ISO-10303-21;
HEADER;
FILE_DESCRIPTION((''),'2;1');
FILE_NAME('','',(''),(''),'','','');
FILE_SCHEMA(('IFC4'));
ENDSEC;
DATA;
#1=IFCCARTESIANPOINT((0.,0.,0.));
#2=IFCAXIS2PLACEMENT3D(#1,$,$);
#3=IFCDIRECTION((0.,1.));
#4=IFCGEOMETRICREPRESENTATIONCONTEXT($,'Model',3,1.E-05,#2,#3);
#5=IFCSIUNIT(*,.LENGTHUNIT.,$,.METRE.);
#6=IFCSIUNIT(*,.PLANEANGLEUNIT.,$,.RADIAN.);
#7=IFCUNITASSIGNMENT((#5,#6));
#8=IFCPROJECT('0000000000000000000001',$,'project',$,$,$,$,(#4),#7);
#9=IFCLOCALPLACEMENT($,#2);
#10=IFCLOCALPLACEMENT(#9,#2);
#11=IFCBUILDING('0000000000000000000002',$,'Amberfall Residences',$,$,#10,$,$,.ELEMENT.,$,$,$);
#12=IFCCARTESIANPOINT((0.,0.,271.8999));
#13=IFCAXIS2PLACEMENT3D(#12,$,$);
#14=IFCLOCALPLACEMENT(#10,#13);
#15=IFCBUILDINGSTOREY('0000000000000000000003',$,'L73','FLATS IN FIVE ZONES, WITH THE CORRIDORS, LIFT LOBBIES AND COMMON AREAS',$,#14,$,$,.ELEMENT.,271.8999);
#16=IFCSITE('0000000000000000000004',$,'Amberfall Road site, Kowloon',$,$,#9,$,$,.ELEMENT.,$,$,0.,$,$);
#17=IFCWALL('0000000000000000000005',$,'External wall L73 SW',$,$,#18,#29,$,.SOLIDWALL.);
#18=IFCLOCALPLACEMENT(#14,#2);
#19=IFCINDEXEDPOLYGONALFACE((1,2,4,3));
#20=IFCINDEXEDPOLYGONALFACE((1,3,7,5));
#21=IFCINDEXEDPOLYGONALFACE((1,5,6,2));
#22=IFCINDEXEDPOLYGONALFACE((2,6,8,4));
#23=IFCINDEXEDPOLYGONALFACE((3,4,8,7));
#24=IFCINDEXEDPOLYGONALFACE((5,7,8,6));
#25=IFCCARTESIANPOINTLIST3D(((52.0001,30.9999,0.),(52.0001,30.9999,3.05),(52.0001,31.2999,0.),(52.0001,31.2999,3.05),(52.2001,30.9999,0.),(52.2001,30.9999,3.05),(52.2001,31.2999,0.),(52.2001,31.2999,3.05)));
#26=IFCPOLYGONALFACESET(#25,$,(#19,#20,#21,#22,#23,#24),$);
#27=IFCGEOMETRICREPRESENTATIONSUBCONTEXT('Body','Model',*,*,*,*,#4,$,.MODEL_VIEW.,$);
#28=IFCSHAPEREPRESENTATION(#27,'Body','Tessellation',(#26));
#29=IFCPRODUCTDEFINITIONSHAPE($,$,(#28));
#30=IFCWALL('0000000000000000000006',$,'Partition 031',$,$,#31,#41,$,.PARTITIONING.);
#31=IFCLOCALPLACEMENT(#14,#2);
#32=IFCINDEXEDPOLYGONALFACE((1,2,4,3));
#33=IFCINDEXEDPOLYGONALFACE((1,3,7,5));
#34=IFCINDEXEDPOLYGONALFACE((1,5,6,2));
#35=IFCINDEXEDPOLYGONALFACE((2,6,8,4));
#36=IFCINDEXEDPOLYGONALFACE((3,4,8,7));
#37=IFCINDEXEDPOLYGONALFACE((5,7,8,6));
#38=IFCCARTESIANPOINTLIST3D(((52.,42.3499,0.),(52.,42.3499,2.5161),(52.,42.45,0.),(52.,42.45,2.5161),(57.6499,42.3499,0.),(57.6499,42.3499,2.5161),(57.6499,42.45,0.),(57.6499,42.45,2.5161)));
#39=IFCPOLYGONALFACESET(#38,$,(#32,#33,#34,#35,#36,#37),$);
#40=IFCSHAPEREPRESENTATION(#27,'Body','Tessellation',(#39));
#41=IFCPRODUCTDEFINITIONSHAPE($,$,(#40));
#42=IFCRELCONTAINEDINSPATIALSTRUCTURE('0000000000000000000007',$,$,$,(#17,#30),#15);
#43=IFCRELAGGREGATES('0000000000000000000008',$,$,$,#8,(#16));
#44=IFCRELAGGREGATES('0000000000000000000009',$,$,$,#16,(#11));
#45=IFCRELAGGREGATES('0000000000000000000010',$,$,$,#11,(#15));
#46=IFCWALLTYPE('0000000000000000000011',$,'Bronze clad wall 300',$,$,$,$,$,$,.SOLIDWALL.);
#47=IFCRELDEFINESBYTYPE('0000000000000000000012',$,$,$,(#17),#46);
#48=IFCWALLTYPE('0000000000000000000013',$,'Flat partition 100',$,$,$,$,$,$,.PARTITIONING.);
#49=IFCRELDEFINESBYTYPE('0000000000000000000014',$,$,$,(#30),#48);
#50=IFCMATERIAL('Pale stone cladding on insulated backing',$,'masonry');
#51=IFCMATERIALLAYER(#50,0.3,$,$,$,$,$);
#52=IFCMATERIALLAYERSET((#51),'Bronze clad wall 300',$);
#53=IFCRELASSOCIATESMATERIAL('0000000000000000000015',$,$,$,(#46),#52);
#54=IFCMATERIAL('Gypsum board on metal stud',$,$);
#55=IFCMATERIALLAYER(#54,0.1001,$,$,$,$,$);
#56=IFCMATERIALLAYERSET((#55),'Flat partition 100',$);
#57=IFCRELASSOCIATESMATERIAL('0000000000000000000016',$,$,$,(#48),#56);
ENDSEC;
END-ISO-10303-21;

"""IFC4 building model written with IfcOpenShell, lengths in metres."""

from ifc_helpers import new_model, si_unit, direction, frame, frame_2d, origin, place, context, subcontext, project, spatial, rectangle, extrude, material, layer, layer_set, type_object, element, save


model = new_model("IFC4")

# Units and contexts
model_context = context("Model", 3, precision=1e-05, world=origin(), true_north=direction((0.0, 1.0)))
body_context = subcontext(model_context, "Body", "Model", "MODEL_VIEW")
ifc_project = project(units=[si_unit("LENGTHUNIT", "METRE"), si_unit("PLANEANGLEUNIT", "RADIAN")], contexts=[model_context])

# Site, building, storey
site_placement = place(None, origin())
site = spatial("IfcSite", under=ifc_project, at=site_placement, Name="Amberfall Road site, Kowloon", CompositionType="ELEMENT", RefElevation=0.0)
building_placement = place(site_placement, origin())
building = spatial("IfcBuilding", under=site, at=building_placement, Name="Amberfall Residences", CompositionType="ELEMENT")
storey_placement = place(building_placement, frame((0.0, 0.0, 271.8999)))
storey = spatial("IfcBuildingStorey", under=building, at=storey_placement, Name="L73", Description="FLATS IN FIVE ZONES, WITH THE CORRIDORS, LIFT LOBBIES AND COMMON AREAS", CompositionType="ELEMENT", Elevation=271.8999)

# Walls
ifc_material_1 = material(Name="Pale stone cladding on insulated backing", Category="masonry")
ifc_layer_1 = layer(ifc_material_1, 0.3)
ifc_layer_set_1 = layer_set([ifc_layer_1], Name="Bronze clad wall 300")
wall_type_1 = type_object("IfcWallType", Name="Bronze clad wall 300", PredefinedType="SOLIDWALL", material=ifc_layer_set_1)
wall_1_placement = place(storey_placement, frame((52.0, 31.1499, 0.0), z_axis=(0.0, 0.0, 1.0), x_axis=(1.0, 0.0, 0.0)))
element("IfcWall", 1, at=wall_1_placement, inside=storey, type_object=wall_type_1, Name="External wall L73 SW", PredefinedType="SOLIDWALL", context=body_context, shape_type="SweptSolid", body=[
    extrude(rectangle(XDim=0.2, YDim=0.3, at=frame_2d((0.1001, 0.0))), origin(), (0.0, 0.0, 1.0), 3.05),
])
ifc_material_2 = material(Name="Gypsum board on metal stud")
ifc_layer_2 = layer(ifc_material_2, 0.1001)
ifc_layer_set_2 = layer_set([ifc_layer_2], Name="Flat partition 100")
wall_type_2 = type_object("IfcWallType", Name="Flat partition 100", PredefinedType="PARTITIONING", material=ifc_layer_set_2)
wall_2_placement = place(storey_placement, frame((52.0, 42.3999, 0.0), z_axis=(0.0, 0.0, 1.0), x_axis=(1.0, 0.0, 0.0)))
element("IfcWall", 2, at=wall_2_placement, inside=storey, type_object=wall_type_2, Name="Partition 031", PredefinedType="PARTITIONING", context=body_context, shape_type="SweptSolid", body=[
    extrude(rectangle(XDim=5.6499, YDim=0.1001, at=frame_2d((2.825, 0.0))), origin(), (0.0, 0.0, 1.0), 2.5161),
])

save(model, "model.ifc")
